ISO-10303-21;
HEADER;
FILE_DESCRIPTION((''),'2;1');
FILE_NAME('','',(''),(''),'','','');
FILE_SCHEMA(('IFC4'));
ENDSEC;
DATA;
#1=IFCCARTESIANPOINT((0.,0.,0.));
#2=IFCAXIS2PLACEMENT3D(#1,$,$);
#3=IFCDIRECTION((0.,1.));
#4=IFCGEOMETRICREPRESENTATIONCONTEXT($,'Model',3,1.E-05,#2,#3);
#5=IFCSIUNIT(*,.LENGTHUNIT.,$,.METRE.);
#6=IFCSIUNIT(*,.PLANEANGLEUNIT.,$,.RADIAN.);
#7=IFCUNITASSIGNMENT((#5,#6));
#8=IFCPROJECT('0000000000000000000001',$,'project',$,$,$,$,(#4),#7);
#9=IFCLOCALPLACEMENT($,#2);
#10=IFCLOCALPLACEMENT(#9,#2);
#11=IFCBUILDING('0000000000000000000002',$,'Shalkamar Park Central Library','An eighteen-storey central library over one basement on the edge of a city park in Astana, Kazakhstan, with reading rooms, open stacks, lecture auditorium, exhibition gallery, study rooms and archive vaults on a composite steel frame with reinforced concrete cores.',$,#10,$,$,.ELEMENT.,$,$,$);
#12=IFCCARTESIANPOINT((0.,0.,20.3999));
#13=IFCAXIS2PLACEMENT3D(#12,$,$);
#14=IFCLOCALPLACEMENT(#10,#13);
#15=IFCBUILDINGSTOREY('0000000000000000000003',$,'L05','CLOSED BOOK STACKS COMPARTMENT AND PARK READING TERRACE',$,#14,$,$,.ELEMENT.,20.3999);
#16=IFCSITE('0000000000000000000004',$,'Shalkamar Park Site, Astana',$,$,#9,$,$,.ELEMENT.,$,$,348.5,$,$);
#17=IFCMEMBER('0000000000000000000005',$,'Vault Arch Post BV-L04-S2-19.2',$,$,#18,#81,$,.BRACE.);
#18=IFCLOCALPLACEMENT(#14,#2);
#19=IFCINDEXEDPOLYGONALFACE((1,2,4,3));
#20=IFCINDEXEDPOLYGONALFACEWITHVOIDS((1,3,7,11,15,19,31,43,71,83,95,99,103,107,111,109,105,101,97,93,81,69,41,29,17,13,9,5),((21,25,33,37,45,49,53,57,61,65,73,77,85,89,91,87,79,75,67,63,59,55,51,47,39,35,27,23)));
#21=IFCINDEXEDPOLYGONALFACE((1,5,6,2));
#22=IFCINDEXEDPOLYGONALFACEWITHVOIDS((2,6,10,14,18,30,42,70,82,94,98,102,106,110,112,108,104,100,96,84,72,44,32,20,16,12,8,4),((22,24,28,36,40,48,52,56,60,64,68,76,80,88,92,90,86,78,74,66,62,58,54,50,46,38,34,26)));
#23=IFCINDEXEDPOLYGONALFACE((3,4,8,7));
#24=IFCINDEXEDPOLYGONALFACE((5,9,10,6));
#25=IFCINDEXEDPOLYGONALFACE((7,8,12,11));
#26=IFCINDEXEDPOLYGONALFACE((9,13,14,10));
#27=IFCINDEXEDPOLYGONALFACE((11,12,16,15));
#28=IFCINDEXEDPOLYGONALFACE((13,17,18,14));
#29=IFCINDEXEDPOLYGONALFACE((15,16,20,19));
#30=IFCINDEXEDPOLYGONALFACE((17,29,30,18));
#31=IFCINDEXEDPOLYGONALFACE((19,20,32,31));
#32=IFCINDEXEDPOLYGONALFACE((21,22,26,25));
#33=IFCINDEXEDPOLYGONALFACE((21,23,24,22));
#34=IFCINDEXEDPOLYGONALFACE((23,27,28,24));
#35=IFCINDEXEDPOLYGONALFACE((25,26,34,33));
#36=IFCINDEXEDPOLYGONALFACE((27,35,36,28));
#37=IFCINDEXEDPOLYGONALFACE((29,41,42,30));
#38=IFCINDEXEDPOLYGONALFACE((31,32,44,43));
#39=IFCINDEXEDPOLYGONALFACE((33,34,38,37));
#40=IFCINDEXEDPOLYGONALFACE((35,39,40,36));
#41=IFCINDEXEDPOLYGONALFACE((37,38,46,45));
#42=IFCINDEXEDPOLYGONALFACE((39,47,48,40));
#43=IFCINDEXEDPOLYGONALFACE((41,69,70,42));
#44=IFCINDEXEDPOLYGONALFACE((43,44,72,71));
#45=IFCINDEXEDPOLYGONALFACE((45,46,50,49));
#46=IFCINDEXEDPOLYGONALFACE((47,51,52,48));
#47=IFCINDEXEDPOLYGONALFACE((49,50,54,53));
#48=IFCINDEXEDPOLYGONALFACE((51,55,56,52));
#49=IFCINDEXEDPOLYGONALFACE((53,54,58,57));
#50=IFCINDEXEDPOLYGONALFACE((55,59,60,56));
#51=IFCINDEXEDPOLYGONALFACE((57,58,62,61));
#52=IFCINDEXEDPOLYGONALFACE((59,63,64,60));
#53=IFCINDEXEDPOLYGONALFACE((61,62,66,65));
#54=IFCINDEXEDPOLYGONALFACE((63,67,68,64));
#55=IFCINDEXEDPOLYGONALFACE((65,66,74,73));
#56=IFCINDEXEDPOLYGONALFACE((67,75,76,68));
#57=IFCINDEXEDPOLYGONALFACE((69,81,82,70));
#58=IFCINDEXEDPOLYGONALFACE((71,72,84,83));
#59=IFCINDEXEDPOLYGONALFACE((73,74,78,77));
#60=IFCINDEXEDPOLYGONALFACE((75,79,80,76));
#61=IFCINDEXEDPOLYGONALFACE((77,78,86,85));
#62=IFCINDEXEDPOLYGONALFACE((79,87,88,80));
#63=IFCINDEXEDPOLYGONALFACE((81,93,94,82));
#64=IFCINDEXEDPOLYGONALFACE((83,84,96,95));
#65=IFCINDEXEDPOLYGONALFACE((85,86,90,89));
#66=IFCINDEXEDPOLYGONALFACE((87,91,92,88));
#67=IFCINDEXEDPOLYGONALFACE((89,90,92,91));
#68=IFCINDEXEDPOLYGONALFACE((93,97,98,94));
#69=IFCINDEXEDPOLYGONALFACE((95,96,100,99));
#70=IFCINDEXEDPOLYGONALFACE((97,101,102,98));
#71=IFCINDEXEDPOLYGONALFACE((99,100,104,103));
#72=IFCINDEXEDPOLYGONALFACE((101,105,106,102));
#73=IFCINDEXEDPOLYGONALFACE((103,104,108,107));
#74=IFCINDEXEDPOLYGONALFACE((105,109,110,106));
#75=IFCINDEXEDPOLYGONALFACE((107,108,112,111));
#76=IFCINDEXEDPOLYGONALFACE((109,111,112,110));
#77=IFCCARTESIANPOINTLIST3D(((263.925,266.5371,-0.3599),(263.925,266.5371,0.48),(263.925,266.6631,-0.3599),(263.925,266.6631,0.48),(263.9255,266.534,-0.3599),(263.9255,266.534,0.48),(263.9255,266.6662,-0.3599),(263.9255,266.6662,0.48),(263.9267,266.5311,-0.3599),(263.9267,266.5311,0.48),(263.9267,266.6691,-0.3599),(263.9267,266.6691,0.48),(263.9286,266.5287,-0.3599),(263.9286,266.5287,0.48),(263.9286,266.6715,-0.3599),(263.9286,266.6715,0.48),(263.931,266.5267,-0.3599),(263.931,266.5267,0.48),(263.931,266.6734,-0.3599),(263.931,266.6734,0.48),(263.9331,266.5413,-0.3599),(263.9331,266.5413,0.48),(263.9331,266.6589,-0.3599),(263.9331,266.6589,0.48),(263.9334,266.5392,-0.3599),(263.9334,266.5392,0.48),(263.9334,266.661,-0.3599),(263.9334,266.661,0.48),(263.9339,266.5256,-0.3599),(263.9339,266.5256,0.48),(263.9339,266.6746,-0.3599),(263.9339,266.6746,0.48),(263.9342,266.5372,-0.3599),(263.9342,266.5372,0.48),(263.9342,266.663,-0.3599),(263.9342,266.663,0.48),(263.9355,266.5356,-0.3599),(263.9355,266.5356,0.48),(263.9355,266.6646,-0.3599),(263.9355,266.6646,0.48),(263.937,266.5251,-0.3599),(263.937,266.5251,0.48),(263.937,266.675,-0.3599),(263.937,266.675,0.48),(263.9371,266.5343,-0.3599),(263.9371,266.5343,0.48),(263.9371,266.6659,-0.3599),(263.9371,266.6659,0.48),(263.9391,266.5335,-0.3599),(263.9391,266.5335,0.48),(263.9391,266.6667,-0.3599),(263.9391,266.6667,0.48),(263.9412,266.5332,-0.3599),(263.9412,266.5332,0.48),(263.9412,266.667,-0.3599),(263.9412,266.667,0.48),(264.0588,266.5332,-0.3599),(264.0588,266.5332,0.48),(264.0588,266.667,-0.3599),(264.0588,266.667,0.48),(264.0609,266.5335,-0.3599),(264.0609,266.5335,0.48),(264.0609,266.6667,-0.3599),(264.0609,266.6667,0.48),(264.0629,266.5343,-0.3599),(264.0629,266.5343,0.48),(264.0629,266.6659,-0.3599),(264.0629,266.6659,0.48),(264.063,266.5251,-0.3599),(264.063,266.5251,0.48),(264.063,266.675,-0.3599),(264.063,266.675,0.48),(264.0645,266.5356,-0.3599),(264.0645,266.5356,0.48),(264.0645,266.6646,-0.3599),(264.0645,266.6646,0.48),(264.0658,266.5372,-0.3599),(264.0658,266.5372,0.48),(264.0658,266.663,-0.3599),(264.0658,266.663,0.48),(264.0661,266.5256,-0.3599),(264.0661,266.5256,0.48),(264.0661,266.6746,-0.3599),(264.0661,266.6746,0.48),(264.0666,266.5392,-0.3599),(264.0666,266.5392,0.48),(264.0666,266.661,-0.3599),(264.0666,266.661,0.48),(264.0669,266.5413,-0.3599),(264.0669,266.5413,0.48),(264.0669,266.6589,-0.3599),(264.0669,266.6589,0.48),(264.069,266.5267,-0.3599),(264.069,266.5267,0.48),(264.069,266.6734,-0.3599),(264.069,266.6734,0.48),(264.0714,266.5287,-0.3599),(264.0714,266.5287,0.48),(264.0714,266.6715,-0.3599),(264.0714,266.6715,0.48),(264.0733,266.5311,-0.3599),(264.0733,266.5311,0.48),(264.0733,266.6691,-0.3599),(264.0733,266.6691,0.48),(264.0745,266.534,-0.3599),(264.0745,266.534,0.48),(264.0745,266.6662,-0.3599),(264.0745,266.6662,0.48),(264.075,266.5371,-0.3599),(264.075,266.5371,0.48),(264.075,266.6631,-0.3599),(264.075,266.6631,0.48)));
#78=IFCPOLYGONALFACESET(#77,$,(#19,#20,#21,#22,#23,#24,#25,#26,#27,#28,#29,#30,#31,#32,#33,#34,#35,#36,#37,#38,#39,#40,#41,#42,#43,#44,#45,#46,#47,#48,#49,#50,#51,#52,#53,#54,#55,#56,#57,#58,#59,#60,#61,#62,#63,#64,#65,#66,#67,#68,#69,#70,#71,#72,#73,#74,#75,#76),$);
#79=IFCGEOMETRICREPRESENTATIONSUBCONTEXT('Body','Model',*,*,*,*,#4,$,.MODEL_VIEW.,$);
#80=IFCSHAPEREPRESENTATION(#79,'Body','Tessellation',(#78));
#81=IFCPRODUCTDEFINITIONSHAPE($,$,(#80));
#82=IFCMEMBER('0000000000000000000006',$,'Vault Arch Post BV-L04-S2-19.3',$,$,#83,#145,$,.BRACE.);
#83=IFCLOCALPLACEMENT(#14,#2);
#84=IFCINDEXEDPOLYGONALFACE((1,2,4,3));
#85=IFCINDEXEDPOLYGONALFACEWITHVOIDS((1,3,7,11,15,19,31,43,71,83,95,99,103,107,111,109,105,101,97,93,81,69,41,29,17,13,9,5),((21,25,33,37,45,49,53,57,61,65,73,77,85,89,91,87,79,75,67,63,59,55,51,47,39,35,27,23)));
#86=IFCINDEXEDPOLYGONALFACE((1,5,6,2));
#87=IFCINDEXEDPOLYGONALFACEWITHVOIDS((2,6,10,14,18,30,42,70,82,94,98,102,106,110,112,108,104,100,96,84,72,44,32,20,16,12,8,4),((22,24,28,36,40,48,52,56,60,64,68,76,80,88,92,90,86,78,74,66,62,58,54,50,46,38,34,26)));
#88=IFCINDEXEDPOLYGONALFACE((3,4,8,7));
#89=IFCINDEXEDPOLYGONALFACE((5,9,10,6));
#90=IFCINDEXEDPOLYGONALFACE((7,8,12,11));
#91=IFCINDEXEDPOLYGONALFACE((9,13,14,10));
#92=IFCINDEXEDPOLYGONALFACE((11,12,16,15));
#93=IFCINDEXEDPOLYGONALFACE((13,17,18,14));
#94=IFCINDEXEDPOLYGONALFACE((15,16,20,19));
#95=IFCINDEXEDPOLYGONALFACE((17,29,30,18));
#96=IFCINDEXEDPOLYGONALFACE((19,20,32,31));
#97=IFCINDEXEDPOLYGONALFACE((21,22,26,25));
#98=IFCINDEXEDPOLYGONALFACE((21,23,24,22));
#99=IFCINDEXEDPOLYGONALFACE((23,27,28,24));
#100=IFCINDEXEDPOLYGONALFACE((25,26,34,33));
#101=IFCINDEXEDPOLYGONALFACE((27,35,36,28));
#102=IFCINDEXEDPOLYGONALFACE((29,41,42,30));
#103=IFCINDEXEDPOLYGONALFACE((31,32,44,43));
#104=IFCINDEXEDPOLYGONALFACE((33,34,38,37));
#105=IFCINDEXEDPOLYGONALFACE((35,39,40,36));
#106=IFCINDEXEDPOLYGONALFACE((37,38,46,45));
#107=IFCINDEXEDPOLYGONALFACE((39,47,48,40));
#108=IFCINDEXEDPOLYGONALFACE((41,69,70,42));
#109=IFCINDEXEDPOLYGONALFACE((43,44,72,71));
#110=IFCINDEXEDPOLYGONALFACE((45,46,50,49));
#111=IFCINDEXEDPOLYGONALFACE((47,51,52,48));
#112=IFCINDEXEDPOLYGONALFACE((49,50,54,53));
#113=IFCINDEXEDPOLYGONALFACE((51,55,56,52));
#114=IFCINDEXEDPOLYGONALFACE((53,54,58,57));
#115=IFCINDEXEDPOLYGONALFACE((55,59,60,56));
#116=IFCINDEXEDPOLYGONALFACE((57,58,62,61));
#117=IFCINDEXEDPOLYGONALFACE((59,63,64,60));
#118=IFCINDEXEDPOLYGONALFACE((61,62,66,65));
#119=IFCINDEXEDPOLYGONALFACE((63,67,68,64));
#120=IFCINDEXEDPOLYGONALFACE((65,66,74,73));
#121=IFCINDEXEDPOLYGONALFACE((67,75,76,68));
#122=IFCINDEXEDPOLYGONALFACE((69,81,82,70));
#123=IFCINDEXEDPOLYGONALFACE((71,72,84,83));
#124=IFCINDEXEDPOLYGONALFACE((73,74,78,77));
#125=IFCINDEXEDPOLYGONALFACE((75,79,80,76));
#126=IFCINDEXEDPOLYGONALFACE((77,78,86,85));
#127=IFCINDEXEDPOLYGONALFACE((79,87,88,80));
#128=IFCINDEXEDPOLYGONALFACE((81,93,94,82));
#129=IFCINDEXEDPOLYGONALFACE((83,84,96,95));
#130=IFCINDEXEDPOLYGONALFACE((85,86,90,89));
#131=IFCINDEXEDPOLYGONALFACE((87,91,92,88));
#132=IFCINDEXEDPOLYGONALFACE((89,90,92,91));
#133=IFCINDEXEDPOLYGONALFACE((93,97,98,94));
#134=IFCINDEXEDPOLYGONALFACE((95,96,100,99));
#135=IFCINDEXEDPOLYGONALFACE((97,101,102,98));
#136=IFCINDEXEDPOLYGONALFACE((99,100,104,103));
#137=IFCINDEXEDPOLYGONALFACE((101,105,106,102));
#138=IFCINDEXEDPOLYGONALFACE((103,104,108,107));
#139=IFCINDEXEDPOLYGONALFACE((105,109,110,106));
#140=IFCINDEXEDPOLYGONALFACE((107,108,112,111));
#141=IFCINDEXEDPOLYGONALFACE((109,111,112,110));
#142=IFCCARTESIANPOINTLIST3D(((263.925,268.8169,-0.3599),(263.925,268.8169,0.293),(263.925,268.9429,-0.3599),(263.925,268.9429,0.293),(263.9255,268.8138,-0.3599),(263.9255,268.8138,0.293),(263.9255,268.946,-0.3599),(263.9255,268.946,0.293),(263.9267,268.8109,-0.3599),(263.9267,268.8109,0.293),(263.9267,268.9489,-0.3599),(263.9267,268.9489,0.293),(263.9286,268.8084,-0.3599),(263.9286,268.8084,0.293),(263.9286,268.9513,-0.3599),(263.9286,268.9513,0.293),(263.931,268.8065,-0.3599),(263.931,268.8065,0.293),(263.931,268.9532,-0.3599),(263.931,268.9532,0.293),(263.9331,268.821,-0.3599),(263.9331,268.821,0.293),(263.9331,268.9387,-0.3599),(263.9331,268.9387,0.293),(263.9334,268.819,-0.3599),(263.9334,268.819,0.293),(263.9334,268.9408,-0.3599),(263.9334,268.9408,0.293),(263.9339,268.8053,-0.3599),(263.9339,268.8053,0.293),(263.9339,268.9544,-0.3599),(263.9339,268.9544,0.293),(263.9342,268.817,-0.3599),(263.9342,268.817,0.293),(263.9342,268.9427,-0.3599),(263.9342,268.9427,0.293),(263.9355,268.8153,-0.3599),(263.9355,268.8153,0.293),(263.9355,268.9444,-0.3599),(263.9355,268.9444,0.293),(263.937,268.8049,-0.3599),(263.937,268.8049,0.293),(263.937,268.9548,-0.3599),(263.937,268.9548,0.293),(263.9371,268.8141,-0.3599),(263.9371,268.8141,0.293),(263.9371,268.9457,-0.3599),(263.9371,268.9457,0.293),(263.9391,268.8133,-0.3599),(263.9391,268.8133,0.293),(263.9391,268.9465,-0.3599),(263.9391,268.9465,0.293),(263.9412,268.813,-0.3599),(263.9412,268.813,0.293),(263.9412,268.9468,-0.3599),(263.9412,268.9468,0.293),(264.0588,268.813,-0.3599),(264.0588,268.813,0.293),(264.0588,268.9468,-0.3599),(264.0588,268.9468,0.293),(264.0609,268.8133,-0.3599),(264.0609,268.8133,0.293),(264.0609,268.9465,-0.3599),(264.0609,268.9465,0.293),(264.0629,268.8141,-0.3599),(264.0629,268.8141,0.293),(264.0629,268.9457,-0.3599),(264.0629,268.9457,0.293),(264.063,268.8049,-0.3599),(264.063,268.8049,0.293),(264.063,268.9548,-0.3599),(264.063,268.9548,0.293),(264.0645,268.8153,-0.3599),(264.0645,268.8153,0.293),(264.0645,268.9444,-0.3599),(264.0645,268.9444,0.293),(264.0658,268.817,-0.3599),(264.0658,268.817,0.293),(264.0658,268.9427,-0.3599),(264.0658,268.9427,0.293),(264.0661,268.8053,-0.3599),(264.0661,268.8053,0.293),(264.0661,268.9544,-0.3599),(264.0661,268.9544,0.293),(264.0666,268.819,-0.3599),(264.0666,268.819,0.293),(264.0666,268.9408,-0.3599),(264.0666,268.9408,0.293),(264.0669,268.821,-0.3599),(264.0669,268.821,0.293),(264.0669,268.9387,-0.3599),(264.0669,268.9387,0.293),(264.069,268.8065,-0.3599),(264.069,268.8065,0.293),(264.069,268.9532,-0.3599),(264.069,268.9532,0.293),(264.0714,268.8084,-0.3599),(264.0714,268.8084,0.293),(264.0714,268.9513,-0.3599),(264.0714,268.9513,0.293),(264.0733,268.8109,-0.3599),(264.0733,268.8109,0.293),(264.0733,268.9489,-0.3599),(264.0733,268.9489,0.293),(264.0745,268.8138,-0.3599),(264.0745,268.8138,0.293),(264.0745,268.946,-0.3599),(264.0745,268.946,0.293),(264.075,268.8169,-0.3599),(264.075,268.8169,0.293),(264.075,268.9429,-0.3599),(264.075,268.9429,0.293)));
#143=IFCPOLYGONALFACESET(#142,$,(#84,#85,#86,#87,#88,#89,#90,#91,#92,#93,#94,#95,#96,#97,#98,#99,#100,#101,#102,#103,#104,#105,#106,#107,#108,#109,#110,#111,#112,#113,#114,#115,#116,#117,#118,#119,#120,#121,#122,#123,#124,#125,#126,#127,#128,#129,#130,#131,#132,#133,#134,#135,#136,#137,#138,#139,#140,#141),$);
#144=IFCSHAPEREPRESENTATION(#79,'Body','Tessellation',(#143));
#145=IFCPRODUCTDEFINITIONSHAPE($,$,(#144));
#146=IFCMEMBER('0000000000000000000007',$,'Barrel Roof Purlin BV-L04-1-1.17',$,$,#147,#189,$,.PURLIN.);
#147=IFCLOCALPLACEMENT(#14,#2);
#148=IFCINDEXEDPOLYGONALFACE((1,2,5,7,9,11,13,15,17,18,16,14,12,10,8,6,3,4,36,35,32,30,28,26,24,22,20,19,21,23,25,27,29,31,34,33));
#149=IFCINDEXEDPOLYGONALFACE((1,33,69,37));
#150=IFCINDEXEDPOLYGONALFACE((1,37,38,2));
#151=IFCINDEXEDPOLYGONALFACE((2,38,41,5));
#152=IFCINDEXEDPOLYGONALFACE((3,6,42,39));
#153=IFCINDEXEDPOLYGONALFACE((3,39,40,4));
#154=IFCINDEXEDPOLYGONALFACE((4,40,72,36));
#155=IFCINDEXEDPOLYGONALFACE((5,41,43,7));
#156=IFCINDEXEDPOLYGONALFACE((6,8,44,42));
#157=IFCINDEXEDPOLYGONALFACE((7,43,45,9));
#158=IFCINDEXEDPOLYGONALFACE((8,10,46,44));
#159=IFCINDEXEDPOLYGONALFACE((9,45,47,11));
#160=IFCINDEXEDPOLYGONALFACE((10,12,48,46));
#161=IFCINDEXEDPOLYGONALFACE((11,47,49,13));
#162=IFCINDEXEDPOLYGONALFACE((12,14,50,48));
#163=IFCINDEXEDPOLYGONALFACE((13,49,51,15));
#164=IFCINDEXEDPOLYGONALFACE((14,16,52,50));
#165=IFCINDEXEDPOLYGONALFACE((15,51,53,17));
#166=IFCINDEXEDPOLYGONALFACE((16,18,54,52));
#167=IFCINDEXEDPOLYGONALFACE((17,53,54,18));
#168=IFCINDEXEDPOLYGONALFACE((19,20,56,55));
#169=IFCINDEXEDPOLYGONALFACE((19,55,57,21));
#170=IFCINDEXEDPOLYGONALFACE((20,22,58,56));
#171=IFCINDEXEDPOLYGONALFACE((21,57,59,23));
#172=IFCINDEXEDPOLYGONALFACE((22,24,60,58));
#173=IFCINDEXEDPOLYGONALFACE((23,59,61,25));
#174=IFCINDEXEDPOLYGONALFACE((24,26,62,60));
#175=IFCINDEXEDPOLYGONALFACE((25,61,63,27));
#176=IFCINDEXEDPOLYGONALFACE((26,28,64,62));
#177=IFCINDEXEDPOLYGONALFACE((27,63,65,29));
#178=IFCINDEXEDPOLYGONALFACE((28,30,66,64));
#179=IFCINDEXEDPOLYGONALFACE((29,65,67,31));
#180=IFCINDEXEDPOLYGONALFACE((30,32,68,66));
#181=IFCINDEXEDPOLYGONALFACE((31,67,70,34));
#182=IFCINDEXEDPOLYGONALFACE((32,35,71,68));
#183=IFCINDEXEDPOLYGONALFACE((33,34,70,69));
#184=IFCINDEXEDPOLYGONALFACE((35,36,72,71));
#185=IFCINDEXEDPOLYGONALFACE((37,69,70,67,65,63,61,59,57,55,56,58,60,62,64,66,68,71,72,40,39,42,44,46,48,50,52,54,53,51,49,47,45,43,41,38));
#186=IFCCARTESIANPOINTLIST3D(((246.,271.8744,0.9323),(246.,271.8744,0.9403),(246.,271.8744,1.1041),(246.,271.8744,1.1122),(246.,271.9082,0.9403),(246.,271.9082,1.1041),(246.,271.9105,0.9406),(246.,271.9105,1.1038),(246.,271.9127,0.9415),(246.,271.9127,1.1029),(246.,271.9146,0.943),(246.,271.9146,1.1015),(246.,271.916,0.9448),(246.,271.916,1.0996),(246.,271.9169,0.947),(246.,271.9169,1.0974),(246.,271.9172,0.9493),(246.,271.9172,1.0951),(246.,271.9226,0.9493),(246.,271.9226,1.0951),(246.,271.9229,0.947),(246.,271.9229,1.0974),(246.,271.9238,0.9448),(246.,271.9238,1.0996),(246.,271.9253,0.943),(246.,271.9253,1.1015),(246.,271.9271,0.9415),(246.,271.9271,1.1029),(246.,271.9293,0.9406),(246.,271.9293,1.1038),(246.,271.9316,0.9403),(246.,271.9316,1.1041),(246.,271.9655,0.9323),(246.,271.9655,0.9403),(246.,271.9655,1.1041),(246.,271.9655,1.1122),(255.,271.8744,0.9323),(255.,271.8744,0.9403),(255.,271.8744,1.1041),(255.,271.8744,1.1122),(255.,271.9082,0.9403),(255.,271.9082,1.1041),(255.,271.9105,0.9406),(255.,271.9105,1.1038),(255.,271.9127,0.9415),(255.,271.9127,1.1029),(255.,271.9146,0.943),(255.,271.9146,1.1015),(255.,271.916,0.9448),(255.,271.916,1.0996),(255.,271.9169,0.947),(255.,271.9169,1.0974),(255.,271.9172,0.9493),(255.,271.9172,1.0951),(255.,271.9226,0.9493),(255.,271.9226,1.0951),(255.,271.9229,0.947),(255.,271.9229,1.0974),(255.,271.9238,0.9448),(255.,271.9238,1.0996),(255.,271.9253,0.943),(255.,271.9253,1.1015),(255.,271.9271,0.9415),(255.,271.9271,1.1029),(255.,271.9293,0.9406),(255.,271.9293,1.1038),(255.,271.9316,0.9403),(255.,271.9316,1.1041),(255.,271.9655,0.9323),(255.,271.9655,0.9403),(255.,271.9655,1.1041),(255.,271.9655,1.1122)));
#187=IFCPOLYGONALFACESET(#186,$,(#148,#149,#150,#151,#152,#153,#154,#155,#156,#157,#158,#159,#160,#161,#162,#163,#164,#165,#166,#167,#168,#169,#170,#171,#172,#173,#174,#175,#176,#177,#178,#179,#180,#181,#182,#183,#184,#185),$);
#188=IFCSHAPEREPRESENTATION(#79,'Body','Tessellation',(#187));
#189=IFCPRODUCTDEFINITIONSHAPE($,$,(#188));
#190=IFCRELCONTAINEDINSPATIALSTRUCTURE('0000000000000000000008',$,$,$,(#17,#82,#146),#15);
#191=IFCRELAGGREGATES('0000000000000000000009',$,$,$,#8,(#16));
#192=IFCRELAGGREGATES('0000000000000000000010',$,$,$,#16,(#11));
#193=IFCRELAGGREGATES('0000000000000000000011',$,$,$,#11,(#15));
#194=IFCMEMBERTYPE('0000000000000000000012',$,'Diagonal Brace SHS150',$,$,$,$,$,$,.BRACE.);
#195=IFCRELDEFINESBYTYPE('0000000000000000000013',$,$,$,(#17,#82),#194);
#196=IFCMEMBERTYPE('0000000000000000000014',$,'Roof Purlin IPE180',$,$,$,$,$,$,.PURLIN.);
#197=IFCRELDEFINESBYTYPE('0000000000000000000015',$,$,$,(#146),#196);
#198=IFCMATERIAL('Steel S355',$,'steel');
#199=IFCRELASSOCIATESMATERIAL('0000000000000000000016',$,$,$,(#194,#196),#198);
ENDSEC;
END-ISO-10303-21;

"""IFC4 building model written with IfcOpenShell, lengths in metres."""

from ifc_helpers import new_model, si_unit, direction, frame, origin, origin_2d, place, context, subcontext, project, spatial, hollow_rectangle, i_section, extrude, material, material_profile, profile_set, type_object, element, save


model = new_model("IFC4")

# Units and contexts
model_context = context("Model", 3, precision=1e-05, world=origin(), true_north=direction((0.0, 1.0)))
body_context = subcontext(model_context, "Body", "Model", "MODEL_VIEW")
ifc_project = project(units=[si_unit("LENGTHUNIT", "METRE"), si_unit("PLANEANGLEUNIT", "RADIAN")], contexts=[model_context])

# Site, building, storey
site_placement = place(None, origin())
site = spatial("IfcSite", under=ifc_project, at=site_placement, Name="Shalkamar Park Site, Astana", CompositionType="ELEMENT", RefElevation=348.5)
building_placement = place(site_placement, origin())
building = spatial("IfcBuilding", under=site, at=building_placement, Name="Shalkamar Park Central Library", Description="An eighteen-storey central library over one basement on the edge of a city park in Astana, Kazakhstan, with reading rooms, open stacks, lecture auditorium, exhibition gallery, study rooms and archive vaults on a composite steel frame with reinforced concrete cores.", CompositionType="ELEMENT")
storey_placement = place(building_placement, frame((0.0, 0.0, 20.3999)))
storey = spatial("IfcBuildingStorey", under=building, at=storey_placement, Name="L05", Description="CLOSED BOOK STACKS COMPARTMENT AND PARK READING TERRACE", CompositionType="ELEMENT", Elevation=20.3999)

# Members
ifc_material = material(Name="Steel S355", Category="steel")
ifc_material_profile_1 = material_profile(ifc_material, hollow_rectangle(XDim=0.1499, YDim=0.1499, WallThickness=0.0081, InnerFilletRadius=0.0081, OuterFilletRadius=0.012, at=origin_2d()), Name="SHS 150x150x8")
ifc_profile_set_1 = profile_set([ifc_material_profile_1], Name="Steel S355")
member_type_1 = type_object("IfcMemberType", Name="Diagonal Brace SHS150", PredefinedType="BRACE", material=ifc_profile_set_1)
member_1_placement = place(storey_placement, frame((264.0, 266.6001, -0.3599), z_axis=(0.0, 0.0, 1.0), x_axis=(1.0, 0.0, 0.0)))
element("IfcMember", 1, at=member_1_placement, inside=storey, type_object=member_type_1, Name="Vault Arch Post BV-L04-S2-19.2", PredefinedType="BRACE", context=body_context, shape_type="SweptSolid", body=[
    extrude(hollow_rectangle(XDim=0.1499, YDim=0.1499, WallThickness=0.0081, InnerFilletRadius=0.0081, OuterFilletRadius=0.012, at=origin_2d()), origin(), (0.0, 0.0, 1.0), 0.8398),
])
member_2_placement = place(storey_placement, frame((264.0, 268.8799, -0.3599), z_axis=(0.0, 0.0, 1.0), x_axis=(1.0, 0.0, 0.0)))
element("IfcMember", 2, at=member_2_placement, inside=storey, type_object=member_type_1, Name="Vault Arch Post BV-L04-S2-19.3", PredefinedType="BRACE", context=body_context, shape_type="SweptSolid", body=[
    extrude(hollow_rectangle(XDim=0.1499, YDim=0.1499, WallThickness=0.0081, InnerFilletRadius=0.0081, OuterFilletRadius=0.012, at=origin_2d()), origin(), (0.0, 0.0, 1.0), 0.6528),
])
ifc_material_profile_2 = material_profile(ifc_material, i_section(OverallWidth=0.0911, OverallDepth=0.1799, WebThickness=0.0054, FlangeThickness=0.0081, FilletRadius=0.009, at=origin_2d()), Name="IPE 180")
ifc_profile_set_2 = profile_set([ifc_material_profile_2], Name="Steel S355")
member_type_2 = type_object("IfcMemberType", Name="Roof Purlin IPE180", PredefinedType="PURLIN", material=ifc_profile_set_2)
for number, where, z_axis, x_axis, name in (
    (3, (246.0, 271.9199, 1.0222), (1.0, 0.0, 0.0), (0.0, 1.0, 0.0), "Barrel Roof Purlin BV-L04-1-1.17"),
):
    element("IfcMember", number, at=place(storey_placement, frame(where, z_axis=z_axis, x_axis=x_axis)), inside=storey, type_object=member_type_2, Name=name, PredefinedType="PURLIN", context=body_context, shape_type="SweptSolid", body=[
        extrude(i_section(OverallWidth=0.0911, OverallDepth=0.1799, WebThickness=0.0054, FlangeThickness=0.0081, FilletRadius=0.009, at=origin_2d()), origin(), (0.0, 0.0, 1.0), 9.0),
    ])

save(model, "model.ifc")
